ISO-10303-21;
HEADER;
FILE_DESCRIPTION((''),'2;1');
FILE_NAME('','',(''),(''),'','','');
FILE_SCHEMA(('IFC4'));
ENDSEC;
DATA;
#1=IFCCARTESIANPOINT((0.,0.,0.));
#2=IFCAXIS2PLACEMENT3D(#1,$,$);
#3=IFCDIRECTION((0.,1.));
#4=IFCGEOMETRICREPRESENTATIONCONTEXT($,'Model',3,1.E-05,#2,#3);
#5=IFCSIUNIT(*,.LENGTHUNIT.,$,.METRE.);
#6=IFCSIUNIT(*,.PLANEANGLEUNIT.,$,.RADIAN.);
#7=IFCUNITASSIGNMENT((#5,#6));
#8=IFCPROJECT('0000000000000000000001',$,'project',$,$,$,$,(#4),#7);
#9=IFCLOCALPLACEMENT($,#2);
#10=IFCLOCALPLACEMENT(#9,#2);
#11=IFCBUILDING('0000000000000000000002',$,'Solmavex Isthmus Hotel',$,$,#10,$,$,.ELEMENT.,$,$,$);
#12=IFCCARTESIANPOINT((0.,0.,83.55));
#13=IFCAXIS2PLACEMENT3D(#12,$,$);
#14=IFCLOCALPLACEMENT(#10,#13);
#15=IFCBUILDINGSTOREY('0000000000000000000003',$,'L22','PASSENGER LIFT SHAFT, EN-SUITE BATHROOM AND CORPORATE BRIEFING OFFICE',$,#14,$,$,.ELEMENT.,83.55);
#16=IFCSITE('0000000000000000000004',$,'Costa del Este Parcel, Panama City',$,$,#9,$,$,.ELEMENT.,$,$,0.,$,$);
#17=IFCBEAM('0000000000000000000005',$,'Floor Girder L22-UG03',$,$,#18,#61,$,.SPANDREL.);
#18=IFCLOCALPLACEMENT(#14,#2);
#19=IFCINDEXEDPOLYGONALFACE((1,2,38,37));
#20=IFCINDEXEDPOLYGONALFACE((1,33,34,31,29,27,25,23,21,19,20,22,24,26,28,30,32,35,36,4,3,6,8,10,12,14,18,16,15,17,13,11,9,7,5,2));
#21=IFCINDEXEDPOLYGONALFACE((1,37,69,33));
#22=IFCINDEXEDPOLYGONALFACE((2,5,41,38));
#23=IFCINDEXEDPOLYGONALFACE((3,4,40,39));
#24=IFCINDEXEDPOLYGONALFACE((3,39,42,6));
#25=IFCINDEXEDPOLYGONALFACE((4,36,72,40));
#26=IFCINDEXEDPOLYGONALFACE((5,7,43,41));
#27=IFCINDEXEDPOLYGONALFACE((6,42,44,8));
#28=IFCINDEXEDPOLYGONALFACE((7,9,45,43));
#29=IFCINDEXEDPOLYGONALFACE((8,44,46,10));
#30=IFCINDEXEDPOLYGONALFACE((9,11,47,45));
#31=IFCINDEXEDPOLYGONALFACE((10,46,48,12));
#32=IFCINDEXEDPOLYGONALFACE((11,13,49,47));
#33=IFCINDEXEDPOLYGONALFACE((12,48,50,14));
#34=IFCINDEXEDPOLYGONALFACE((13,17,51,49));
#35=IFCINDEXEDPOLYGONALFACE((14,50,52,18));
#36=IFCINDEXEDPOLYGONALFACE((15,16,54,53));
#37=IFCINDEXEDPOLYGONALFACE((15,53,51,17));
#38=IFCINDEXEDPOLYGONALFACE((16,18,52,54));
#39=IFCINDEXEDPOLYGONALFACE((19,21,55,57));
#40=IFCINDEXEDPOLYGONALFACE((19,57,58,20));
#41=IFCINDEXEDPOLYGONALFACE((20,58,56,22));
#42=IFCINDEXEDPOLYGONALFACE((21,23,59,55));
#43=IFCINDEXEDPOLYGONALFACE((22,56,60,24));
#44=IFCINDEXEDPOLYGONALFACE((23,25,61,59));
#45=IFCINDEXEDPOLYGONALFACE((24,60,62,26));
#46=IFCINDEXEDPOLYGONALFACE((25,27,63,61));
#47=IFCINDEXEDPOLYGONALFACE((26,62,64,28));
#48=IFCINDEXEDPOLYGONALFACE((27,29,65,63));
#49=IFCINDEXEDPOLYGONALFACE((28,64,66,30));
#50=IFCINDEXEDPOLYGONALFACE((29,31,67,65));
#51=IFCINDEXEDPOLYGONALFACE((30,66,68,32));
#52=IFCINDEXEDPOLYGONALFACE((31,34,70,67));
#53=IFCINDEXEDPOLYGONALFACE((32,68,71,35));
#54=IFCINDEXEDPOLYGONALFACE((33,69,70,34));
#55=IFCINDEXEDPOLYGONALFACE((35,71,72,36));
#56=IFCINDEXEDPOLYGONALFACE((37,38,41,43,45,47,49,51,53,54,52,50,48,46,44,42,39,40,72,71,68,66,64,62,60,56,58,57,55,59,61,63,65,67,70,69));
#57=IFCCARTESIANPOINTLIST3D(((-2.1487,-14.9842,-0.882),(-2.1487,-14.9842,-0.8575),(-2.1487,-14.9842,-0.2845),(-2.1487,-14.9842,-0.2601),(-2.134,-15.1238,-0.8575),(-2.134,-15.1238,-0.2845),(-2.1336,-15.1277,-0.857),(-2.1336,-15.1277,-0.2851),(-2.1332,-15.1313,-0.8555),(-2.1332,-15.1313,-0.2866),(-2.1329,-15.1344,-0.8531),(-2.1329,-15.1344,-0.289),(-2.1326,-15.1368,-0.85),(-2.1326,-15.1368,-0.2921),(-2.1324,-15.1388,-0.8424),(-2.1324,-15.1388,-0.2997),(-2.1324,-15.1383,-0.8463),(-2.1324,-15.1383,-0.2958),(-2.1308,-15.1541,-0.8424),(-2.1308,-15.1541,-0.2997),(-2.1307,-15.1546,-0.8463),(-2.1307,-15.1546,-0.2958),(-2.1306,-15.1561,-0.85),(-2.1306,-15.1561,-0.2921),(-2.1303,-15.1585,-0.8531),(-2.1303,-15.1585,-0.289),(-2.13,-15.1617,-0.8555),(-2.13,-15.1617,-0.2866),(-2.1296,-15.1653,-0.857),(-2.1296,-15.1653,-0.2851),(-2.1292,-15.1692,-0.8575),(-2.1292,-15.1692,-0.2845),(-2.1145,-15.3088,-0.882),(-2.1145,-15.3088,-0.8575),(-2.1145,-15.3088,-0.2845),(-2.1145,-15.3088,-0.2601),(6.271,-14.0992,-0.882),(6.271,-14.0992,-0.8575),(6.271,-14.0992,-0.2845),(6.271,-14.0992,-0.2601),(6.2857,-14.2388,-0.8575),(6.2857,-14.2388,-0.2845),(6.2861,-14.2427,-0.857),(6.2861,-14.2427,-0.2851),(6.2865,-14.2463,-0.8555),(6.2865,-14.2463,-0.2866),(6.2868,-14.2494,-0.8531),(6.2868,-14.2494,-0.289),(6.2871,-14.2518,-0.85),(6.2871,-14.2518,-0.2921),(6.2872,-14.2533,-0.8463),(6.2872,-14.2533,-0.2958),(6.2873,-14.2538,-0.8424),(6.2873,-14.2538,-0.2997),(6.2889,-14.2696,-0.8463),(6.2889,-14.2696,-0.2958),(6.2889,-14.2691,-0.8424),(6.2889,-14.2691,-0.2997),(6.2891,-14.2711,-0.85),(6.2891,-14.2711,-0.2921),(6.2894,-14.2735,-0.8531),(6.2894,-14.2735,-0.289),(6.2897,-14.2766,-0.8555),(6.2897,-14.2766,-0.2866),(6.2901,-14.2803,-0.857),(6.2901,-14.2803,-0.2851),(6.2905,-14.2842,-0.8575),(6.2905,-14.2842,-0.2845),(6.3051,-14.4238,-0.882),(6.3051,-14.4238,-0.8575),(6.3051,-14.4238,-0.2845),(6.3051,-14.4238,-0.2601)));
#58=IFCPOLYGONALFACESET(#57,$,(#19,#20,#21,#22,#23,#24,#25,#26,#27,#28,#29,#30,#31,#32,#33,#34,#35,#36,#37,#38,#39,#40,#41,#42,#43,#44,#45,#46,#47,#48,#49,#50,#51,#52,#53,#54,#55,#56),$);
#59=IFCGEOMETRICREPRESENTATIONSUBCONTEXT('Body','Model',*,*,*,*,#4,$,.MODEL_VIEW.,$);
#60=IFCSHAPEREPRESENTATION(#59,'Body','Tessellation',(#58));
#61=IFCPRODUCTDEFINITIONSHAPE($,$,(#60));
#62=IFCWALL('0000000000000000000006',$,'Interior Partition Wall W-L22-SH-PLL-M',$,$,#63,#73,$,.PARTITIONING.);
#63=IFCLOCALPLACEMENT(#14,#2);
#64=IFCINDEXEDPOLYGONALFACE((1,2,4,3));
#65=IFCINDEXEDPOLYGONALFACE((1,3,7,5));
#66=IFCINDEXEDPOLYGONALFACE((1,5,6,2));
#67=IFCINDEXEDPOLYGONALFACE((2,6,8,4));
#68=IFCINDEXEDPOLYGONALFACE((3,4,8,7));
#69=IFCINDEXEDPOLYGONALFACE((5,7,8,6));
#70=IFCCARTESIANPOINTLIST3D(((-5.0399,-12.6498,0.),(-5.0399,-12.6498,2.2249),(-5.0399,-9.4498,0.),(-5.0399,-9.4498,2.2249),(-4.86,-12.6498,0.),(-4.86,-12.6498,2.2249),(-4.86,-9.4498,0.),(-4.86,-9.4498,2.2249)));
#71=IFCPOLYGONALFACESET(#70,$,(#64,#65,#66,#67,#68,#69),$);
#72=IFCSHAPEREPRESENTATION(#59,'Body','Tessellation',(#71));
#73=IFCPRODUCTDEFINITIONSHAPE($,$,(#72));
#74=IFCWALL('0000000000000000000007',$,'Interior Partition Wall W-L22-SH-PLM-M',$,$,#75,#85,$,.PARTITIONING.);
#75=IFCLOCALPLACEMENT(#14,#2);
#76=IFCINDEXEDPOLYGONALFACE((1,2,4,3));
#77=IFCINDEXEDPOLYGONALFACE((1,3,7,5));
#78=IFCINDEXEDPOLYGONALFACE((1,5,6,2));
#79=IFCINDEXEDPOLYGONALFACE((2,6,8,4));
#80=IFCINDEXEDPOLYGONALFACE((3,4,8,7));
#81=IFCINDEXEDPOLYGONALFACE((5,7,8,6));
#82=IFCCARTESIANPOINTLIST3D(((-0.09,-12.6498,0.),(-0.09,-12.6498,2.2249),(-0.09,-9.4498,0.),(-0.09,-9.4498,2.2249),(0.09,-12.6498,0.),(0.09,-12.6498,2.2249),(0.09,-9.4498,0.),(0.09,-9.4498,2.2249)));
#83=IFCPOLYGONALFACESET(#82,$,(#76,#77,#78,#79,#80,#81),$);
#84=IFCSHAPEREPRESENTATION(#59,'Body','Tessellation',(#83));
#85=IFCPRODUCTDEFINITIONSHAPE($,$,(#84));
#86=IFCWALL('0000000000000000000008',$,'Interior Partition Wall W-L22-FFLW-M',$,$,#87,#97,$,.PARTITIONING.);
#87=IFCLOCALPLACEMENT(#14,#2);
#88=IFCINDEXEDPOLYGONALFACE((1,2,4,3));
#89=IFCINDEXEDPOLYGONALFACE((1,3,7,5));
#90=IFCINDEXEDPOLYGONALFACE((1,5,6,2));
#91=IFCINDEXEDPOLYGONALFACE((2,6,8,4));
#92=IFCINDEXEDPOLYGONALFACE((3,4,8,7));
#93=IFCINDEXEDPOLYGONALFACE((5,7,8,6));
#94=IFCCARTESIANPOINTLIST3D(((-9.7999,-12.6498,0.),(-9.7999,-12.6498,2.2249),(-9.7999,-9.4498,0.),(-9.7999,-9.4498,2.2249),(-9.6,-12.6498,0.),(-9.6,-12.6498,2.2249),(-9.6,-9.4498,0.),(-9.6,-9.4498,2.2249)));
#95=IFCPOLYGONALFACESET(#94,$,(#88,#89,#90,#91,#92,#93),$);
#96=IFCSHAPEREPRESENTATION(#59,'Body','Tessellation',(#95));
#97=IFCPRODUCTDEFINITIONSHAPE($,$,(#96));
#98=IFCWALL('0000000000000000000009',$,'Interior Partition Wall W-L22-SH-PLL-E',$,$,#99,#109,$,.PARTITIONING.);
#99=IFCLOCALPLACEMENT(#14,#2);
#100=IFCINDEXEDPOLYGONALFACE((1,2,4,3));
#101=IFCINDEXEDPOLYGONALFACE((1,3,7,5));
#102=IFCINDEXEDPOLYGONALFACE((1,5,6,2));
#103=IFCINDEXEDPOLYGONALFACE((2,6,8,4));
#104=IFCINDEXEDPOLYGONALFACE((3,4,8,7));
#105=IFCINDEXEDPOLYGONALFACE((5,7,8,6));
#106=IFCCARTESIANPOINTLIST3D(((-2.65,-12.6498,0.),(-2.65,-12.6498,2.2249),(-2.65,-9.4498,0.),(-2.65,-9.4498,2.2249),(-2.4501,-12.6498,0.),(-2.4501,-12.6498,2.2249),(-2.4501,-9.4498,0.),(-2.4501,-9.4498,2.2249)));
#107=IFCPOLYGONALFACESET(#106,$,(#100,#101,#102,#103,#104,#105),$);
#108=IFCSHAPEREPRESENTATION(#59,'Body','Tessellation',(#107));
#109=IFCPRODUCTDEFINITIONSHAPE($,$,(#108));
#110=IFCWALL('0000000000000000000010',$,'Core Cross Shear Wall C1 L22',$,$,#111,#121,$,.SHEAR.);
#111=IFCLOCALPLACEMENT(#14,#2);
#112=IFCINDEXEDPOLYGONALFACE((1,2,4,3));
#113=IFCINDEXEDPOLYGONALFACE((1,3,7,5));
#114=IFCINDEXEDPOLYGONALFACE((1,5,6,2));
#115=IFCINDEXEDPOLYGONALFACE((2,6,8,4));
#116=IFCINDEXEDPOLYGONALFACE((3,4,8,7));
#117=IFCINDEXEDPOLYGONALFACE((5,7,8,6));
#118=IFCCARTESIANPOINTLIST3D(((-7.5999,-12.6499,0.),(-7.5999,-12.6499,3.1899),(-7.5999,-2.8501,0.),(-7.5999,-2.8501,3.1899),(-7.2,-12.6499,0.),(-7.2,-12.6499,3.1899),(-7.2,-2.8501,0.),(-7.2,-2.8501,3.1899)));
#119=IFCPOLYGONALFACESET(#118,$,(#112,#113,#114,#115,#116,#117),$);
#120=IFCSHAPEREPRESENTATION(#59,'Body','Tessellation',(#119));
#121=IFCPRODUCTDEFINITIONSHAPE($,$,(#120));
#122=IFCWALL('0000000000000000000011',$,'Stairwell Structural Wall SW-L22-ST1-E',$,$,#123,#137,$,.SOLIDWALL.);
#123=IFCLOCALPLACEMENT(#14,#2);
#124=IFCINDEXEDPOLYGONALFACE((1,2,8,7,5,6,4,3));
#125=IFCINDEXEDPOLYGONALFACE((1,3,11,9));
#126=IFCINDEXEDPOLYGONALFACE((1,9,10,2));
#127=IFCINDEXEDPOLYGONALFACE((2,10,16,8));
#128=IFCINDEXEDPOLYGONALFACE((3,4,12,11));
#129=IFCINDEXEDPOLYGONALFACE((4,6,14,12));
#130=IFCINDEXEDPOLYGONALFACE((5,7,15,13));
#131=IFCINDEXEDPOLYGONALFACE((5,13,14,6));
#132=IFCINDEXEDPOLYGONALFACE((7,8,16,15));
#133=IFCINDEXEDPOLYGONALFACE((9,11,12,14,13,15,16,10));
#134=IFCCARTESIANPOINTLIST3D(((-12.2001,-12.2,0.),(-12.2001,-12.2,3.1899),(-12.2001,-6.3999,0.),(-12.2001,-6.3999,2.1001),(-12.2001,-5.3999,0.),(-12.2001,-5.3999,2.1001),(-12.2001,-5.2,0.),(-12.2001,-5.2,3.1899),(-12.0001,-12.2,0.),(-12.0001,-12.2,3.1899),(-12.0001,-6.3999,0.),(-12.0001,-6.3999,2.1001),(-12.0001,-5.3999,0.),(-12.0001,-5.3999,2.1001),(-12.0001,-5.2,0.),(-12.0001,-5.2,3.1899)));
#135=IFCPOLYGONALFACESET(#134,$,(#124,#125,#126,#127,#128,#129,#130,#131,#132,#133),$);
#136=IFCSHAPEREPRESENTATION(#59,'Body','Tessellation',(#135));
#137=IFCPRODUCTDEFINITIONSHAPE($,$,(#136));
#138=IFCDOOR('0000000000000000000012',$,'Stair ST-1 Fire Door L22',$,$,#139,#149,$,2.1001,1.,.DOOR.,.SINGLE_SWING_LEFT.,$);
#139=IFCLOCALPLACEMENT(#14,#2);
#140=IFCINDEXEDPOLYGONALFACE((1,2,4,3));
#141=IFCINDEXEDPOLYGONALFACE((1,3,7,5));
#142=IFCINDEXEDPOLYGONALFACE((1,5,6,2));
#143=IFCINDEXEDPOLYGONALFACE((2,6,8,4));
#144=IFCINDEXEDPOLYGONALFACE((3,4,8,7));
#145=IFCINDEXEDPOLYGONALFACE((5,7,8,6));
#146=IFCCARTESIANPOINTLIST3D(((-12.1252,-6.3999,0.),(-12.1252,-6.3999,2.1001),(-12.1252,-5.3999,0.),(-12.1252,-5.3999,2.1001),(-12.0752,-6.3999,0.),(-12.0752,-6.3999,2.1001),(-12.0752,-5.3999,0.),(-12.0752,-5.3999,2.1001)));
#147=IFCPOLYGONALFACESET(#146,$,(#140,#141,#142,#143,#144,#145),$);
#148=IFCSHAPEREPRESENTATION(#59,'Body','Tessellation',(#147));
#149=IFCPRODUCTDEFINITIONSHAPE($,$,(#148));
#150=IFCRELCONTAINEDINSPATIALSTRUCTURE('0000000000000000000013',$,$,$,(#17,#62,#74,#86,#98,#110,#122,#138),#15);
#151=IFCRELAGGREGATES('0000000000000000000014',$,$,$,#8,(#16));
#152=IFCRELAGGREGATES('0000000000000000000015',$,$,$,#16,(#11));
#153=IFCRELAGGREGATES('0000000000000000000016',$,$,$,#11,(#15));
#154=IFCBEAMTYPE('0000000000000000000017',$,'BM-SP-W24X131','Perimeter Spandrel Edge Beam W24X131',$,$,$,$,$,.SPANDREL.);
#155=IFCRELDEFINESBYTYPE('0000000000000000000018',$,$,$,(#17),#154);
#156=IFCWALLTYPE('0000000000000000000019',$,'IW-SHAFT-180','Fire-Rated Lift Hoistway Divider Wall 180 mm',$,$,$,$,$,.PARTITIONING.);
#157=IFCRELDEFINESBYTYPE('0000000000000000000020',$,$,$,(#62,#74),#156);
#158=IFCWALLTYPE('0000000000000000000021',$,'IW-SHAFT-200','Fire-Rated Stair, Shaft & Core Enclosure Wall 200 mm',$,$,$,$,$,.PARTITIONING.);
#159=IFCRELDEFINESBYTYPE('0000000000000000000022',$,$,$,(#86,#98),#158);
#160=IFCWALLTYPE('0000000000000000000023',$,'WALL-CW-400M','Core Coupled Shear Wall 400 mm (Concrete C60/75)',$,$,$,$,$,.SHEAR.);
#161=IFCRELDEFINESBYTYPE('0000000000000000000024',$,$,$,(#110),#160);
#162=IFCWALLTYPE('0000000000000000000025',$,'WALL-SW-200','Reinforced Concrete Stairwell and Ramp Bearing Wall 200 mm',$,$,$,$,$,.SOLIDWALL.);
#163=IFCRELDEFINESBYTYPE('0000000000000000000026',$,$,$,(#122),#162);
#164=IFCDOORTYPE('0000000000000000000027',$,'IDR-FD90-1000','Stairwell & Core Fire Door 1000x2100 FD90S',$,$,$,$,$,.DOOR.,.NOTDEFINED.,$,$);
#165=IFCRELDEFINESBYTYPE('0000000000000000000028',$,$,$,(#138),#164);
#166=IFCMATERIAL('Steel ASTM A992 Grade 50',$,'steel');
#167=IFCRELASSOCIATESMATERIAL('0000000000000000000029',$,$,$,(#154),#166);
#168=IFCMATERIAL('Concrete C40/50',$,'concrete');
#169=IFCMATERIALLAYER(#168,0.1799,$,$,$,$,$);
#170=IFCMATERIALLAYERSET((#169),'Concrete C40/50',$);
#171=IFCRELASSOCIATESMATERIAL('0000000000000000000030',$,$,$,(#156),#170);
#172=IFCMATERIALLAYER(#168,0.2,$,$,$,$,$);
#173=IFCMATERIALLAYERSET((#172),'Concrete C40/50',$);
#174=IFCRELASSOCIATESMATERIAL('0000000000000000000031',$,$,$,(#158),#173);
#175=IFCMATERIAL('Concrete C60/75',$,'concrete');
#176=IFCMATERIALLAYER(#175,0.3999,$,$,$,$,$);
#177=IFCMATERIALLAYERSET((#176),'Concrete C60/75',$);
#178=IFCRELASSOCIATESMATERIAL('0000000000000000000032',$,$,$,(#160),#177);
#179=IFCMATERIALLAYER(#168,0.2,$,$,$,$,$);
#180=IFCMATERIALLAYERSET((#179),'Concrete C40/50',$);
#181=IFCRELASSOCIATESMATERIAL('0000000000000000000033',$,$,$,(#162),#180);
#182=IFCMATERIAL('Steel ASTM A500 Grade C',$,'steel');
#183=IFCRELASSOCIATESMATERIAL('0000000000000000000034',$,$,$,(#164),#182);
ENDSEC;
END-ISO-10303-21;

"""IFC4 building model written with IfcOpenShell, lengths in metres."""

from ifc_helpers import new_model, si_unit, direction, frame, frame_2d, origin, origin_2d, place, context, subcontext, project, spatial, rectangle, i_section, extrude, material, layer, layer_set, material_profile, profile_set, type_object, element, fill, save


model = new_model("IFC4")

# Units and contexts
model_context = context("Model", 3, precision=1e-05, world=origin(), true_north=direction((0.0, 1.0)))
body_context = subcontext(model_context, "Body", "Model", "MODEL_VIEW")
ifc_project = project(units=[si_unit("LENGTHUNIT", "METRE"), si_unit("PLANEANGLEUNIT", "RADIAN")], contexts=[model_context])

# Site, building, storey
site_placement = place(None, origin())
site = spatial("IfcSite", under=ifc_project, at=site_placement, Name="Costa del Este Parcel, Panama City", CompositionType="ELEMENT", RefElevation=0.0)
building_placement = place(site_placement, origin())
building = spatial("IfcBuilding", under=site, at=building_placement, Name="Solmavex Isthmus Hotel", CompositionType="ELEMENT")
storey_placement = place(building_placement, frame((0.0, 0.0, 83.55)))
storey = spatial("IfcBuildingStorey", under=building, at=storey_placement, Name="L22", Description="PASSENGER LIFT SHAFT, EN-SUITE BATHROOM AND CORPORATE BRIEFING OFFICE", CompositionType="ELEMENT", Elevation=83.55)

# Shared definitions
ifc_material_1 = material(Name="Concrete C60/75", Category="concrete")

# Beam
ifc_material_2 = material(Name="Steel ASTM A992 Grade 50", Category="steel")
ifc_material_profile_1 = material_profile(ifc_material_2, i_section(OverallWidth=0.3264, OverallDepth=0.6218, WebThickness=0.0154, FlangeThickness=0.0244, FilletRadius=0.0151, at=origin_2d()), Name="W24X131")
ifc_profile_set_1 = profile_set([ifc_material_profile_1], Name="Steel ASTM A992 Grade 50")
beam_type_1 = type_object("IfcBeamType", Name="BM-SP-W24X131", Description="Perimeter Spandrel Edge Beam W24X131", PredefinedType="SPANDREL", material=ifc_profile_set_1)
beam_1_placement = place(storey_placement, frame((-2.1316, -15.1465, -0.571), z_axis=(0.994521, 0.104536, 0.0), x_axis=(-0.104536, 0.994521, 0.0)))
element("IfcBeam", 1, at=beam_1_placement, inside=storey, type_object=beam_type_1, Name="Floor Girder L22-UG03", PredefinedType="SPANDREL", context=body_context, shape_type="SweptSolid", body=[
    extrude(i_section(OverallWidth=0.3264, OverallDepth=0.6218, WebThickness=0.0154, FlangeThickness=0.0244, FilletRadius=0.0151, at=origin_2d()), origin(), (0.0, 0.0, 1.0), 8.4661),
])

# Walls
ifc_material_3 = material(Name="Concrete C40/50", Category="concrete")
ifc_layer_1 = layer(ifc_material_3, 0.1799)
ifc_layer_set_1 = layer_set([ifc_layer_1], Name="Concrete C40/50")
wall_type_1 = type_object("IfcWallType", Name="IW-SHAFT-180", Description="Fire-Rated Lift Hoistway Divider Wall 180 mm", PredefinedType="PARTITIONING", material=ifc_layer_set_1)
for number, where, z_axis, x_axis, name in (
    (2, (-4.95, -12.6499, 0.0), (0.0, 0.0, 1.0), (0.0, 1.0, 0.0), "Interior Partition Wall W-L22-SH-PLL-M"),
    (3, (0.0, -12.6499, 0.0), (0.0, 0.0, 1.0), (0.0, 1.0, 0.0), "Interior Partition Wall W-L22-SH-PLM-M"),
):
    element("IfcWall", number, at=place(storey_placement, frame(where, z_axis=z_axis, x_axis=x_axis)), inside=storey, type_object=wall_type_1, Name=name, PredefinedType="PARTITIONING", context=body_context, shape_type="SweptSolid", body=[
        extrude(rectangle(XDim=3.2, YDim=0.1799, at=frame_2d((1.6001, 0.0))), origin(), (0.0, 0.0, 1.0), 2.2249),
    ])
ifc_layer_2 = layer(ifc_material_3, 0.2)
ifc_layer_set_2 = layer_set([ifc_layer_2], Name="Concrete C40/50")
wall_type_2 = type_object("IfcWallType", Name="IW-SHAFT-200", Description="Fire-Rated Stair, Shaft & Core Enclosure Wall 200 mm", PredefinedType="PARTITIONING", material=ifc_layer_set_2)
for number, where, z_axis, x_axis, name in (
    (4, (-9.7, -12.6499, 0.0), (0.0, 0.0, 1.0), (0.0, 1.0, 0.0), "Interior Partition Wall W-L22-FFLW-M"),
    (5, (-2.55, -12.6499, 0.0), (0.0, 0.0, 1.0), (0.0, 1.0, 0.0), "Interior Partition Wall W-L22-SH-PLL-E"),
):
    element("IfcWall", number, at=place(storey_placement, frame(where, z_axis=z_axis, x_axis=x_axis)), inside=storey, type_object=wall_type_2, Name=name, PredefinedType="PARTITIONING", context=body_context, shape_type="SweptSolid", body=[
        extrude(rectangle(XDim=3.2, YDim=0.2, at=frame_2d((1.6001, 0.0))), origin(), (0.0, 0.0, 1.0), 2.2249),
    ])
ifc_layer_3 = layer(ifc_material_1, 0.3999)
ifc_layer_set_3 = layer_set([ifc_layer_3], Name="Concrete C60/75")
wall_type_3 = type_object("IfcWallType", Name="WALL-CW-400M", Description="Core Coupled Shear Wall 400 mm (Concrete C60/75)", PredefinedType="SHEAR", material=ifc_layer_set_3)
wall_1_placement = place(storey_placement, frame((-7.3999, -12.6499, 0.0), z_axis=(0.0, 0.0, 1.0), x_axis=(0.0, 1.0, 0.0)))
element("IfcWall", 6, at=wall_1_placement, inside=storey, type_object=wall_type_3, Name="Core Cross Shear Wall C1 L22", PredefinedType="SHEAR", context=body_context, shape_type="SweptSolid", body=[
    extrude(rectangle(XDim=9.7998, YDim=0.3999, at=frame_2d((4.8999, 0.0))), origin(), (0.0, 0.0, 1.0), 3.1899),
])

# Wall, opening, door
ifc_layer_4 = layer(ifc_material_3, 0.2)
ifc_layer_set_4 = layer_set([ifc_layer_4], Name="Concrete C40/50")
wall_type_4 = type_object("IfcWallType", Name="WALL-SW-200", Description="Reinforced Concrete Stairwell and Ramp Bearing Wall 200 mm", PredefinedType="SOLIDWALL", material=ifc_layer_set_4)
wall_2_placement = place(storey_placement, frame((-12.1001, -12.2, 0.0), z_axis=(0.0, 0.0, 1.0), x_axis=(0.0, 1.0, 0.0)))
wall_2 = element("IfcWall", 7, at=wall_2_placement, inside=storey, type_object=wall_type_4, Name="Stairwell Structural Wall SW-L22-ST1-E", PredefinedType="SOLIDWALL", context=body_context, shape_type="SweptSolid", body=[
    extrude(rectangle(XDim=7.0, YDim=0.2, at=frame_2d((3.5, 0.0))), origin(), (0.0, 0.0, 1.0), 3.1899),
])
opening_placement = place(wall_2_placement, frame((5.8, 0.0, 0.0)))
opening = element("IfcOpeningElement", 8, at=opening_placement, cuts=wall_2, PredefinedType="OPENING", context=body_context, shape_type="SweptSolid", body=[
    extrude(rectangle(XDim=1.0, YDim=2.1001, at=frame_2d((0.5, 1.05))), frame((0.0, 0.1099, 0.0), z_axis=(0.0, -1.0, 0.0), x_axis=(1.0, 0.0, 0.0)), (0.0, 0.0, 1.0), 0.22),
])
ifc_material_4 = material(Name="Steel ASTM A500 Grade C", Category="steel")
door_type = type_object("IfcDoorType", Name="IDR-FD90-1000", Description="Stairwell & Core Fire Door 1000x2100 FD90S", OperationType="NOTDEFINED", PredefinedType="DOOR", material=ifc_material_4)
door_placement = place(opening_placement, frame((1.0, 0.0, 0.0), z_axis=(0.0, 0.0, 1.0), x_axis=(-1.0, 0.0, 0.0)))
door = element("IfcDoor", 9, at=door_placement, inside=storey, type_object=door_type, Name="Stair ST-1 Fire Door L22", OperationType="SINGLE_SWING_LEFT", OverallHeight=2.1001, OverallWidth=1.0, PredefinedType="DOOR", context=body_context, shape_type="SweptSolid", body=[
    extrude(rectangle(XDim=1.0, YDim=2.1001, at=frame_2d((0.5, 1.05))), frame((0.0, 0.0249, 0.0), z_axis=(0.0, -1.0, 0.0), x_axis=(1.0, 0.0, 0.0)), (0.0, 0.0, 1.0), 0.05),
])
fill(opening, door)

save(model, "model.ifc")
